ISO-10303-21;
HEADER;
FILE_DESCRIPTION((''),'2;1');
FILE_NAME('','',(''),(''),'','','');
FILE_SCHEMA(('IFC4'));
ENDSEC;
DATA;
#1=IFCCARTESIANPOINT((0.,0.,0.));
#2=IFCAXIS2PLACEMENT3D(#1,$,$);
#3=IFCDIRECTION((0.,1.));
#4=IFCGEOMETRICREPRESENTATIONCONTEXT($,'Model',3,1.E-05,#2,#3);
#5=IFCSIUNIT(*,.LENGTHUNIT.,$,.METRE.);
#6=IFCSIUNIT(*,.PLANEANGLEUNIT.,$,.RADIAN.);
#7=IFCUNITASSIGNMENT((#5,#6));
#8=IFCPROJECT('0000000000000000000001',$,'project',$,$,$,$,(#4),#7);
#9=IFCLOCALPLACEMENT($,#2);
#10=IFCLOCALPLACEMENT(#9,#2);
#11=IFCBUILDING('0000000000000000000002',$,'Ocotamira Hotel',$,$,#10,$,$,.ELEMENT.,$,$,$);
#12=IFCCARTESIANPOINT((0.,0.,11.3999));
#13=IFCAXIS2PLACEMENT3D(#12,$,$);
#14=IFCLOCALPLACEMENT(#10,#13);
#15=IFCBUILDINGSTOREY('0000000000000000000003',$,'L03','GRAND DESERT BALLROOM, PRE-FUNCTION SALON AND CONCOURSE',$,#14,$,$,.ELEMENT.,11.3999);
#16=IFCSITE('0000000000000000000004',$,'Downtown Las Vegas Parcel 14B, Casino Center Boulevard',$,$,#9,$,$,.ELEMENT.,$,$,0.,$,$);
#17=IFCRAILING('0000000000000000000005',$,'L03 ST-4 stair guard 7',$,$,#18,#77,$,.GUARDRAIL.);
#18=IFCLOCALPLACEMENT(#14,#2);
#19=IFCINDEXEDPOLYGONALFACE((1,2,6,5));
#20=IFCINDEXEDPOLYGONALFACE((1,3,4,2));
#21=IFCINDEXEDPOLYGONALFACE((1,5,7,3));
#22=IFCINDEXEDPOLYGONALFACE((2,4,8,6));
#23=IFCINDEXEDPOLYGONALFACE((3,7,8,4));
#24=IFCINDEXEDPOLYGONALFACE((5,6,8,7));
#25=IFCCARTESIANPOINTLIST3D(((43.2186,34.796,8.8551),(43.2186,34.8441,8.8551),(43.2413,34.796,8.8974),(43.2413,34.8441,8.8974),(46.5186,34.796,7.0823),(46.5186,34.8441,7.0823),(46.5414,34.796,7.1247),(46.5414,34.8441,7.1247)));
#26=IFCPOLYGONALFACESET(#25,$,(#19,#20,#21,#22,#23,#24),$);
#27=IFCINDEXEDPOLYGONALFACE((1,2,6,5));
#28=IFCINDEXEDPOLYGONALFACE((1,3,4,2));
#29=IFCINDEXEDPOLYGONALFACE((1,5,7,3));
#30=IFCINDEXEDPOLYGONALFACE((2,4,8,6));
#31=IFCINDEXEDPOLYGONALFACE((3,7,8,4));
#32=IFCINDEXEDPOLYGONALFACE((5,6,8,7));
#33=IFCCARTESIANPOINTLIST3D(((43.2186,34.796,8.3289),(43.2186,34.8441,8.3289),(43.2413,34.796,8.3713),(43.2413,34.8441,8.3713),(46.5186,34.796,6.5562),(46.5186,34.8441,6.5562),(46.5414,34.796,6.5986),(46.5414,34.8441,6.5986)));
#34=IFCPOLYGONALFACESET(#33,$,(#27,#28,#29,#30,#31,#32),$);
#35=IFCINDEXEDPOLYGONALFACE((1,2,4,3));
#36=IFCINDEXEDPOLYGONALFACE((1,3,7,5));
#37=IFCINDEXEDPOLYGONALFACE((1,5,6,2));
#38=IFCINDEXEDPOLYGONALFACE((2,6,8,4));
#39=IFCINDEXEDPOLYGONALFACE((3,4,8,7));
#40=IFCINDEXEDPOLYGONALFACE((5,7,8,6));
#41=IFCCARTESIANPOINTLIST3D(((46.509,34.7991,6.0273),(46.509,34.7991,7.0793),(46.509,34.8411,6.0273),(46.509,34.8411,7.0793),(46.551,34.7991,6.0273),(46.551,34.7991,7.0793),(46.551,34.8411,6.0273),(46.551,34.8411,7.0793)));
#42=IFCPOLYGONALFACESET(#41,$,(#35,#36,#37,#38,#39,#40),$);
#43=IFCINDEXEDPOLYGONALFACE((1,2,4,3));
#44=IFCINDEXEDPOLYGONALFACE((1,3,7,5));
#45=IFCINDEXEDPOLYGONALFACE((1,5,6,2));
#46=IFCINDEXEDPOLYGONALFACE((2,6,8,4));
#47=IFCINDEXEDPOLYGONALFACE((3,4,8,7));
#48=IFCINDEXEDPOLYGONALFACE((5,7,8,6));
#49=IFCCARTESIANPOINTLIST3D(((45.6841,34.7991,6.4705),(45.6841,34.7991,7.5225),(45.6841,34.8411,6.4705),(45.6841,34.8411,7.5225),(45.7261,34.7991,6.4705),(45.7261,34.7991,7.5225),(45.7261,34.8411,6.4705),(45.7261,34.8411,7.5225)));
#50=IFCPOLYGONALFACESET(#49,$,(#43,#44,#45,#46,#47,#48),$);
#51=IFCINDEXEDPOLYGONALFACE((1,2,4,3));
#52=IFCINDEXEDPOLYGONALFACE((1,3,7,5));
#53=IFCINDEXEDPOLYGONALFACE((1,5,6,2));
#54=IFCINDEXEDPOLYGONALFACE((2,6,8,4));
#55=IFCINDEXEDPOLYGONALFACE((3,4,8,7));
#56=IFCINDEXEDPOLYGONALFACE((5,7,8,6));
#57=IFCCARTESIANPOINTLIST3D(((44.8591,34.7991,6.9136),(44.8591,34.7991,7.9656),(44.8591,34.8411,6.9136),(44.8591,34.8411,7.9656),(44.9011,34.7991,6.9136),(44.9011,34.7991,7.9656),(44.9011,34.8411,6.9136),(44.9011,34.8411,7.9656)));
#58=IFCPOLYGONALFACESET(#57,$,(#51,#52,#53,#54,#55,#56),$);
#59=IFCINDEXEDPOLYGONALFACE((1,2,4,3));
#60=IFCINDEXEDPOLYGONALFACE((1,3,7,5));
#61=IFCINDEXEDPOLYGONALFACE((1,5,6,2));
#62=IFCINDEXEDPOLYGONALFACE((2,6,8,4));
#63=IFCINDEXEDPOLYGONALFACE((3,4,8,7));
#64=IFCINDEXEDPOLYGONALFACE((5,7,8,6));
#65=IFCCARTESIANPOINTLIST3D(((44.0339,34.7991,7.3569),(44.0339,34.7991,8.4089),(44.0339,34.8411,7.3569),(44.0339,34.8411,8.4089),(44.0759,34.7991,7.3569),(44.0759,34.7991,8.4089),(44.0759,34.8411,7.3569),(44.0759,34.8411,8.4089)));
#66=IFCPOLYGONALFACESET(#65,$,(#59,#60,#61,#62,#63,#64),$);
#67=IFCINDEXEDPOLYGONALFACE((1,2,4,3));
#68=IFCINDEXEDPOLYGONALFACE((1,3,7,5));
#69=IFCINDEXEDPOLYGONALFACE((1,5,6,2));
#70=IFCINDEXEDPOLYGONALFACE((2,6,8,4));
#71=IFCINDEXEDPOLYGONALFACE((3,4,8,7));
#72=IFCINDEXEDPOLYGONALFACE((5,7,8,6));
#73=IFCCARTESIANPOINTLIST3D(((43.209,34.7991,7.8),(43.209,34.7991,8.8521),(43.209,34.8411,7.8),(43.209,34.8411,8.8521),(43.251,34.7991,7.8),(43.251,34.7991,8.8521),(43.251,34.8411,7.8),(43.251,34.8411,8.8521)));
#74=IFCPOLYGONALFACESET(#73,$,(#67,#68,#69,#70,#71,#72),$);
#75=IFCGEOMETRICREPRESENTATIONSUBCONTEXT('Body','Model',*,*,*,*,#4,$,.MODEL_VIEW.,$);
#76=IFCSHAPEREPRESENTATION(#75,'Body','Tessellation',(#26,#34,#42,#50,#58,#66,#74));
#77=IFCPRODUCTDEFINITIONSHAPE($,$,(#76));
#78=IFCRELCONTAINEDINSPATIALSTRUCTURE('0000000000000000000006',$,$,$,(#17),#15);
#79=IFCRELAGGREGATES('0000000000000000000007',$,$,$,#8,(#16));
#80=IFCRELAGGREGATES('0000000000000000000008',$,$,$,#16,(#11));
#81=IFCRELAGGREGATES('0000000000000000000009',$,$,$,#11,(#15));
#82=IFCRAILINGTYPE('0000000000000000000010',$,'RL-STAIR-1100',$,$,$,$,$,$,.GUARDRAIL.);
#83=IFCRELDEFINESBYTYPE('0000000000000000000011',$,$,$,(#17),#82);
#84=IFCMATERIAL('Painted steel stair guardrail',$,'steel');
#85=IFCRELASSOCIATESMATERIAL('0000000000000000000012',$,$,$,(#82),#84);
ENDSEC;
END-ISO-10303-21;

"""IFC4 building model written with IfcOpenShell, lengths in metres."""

from ifc_helpers import new_model, si_unit, direction, frame, origin, origin_2d, place, context, subcontext, project, spatial, rectangle, extrude, material, type_object, element, save


model = new_model("IFC4")

# Units and contexts
model_context = context("Model", 3, precision=1e-05, world=origin(), true_north=direction((0.0, 1.0)))
body_context = subcontext(model_context, "Body", "Model", "MODEL_VIEW")
ifc_project = project(units=[si_unit("LENGTHUNIT", "METRE"), si_unit("PLANEANGLEUNIT", "RADIAN")], contexts=[model_context])

# Site, building, storey
site_placement = place(None, origin())
site = spatial("IfcSite", under=ifc_project, at=site_placement, Name="Downtown Las Vegas Parcel 14B, Casino Center Boulevard", CompositionType="ELEMENT", RefElevation=0.0)
building_placement = place(site_placement, origin())
building = spatial("IfcBuilding", under=site, at=building_placement, Name="Ocotamira Hotel", CompositionType="ELEMENT")
storey_placement = place(building_placement, frame((0.0, 0.0, 11.3999)))
storey = spatial("IfcBuildingStorey", under=building, at=storey_placement, Name="L03", Description="GRAND DESERT BALLROOM, PRE-FUNCTION SALON AND CONCOURSE", CompositionType="ELEMENT", Elevation=11.3999)

# Railing
ifc_material_1 = material(Name="Painted steel stair guardrail", Category="steel")
railing_type_1 = type_object("IfcRailingType", Name="RL-STAIR-1100", PredefinedType="GUARDRAIL", material=ifc_material_1)
railing_1_placement = place(storey_placement, frame((46.53, 34.8201, 6.0273)))
element("IfcRailing", 1, at=railing_1_placement, inside=storey, type_object=railing_type_1, Name="L03 ST-4 stair guard 7", PredefinedType="GUARDRAIL", context=body_context, shape_type="SweptSolid", body=[
    extrude(rectangle(XDim=0.0481, YDim=0.0481, at=origin_2d()), frame((0.0, 0.0, 1.0762), z_axis=(-0.880944, 0.0, 0.473221), x_axis=(0.0, -1.0, 0.0)), (0.0, 0.0, 1.0), 3.7461),
    extrude(rectangle(XDim=0.0481, YDim=0.0481, at=origin_2d()), frame((0.0, 0.0, 0.55), z_axis=(-0.880944, 0.0, 0.473221), x_axis=(0.0, -1.0, 0.0)), (0.0, 0.0, 1.0), 3.7461),
    extrude(rectangle(XDim=0.042, YDim=0.042, at=origin_2d()), origin(), (0.0, 0.0, 1.0), 1.052),
    extrude(rectangle(XDim=0.042, YDim=0.042, at=origin_2d()), frame((-0.825, 0.0, 0.4431)), (0.0, 0.0, 1.0), 1.052),
    extrude(rectangle(XDim=0.042, YDim=0.042, at=origin_2d()), frame((-1.6499, 0.0, 0.8862)), (0.0, 0.0, 1.0), 1.052),
    extrude(rectangle(XDim=0.042, YDim=0.042, at=origin_2d()), frame((-2.4751, 0.0, 1.3296)), (0.0, 0.0, 1.0), 1.052),
    extrude(rectangle(XDim=0.042, YDim=0.042, at=origin_2d()), frame((-3.3, 0.0, 1.7727)), (0.0, 0.0, 1.0), 1.052),
])

save(model, "model.ifc")
